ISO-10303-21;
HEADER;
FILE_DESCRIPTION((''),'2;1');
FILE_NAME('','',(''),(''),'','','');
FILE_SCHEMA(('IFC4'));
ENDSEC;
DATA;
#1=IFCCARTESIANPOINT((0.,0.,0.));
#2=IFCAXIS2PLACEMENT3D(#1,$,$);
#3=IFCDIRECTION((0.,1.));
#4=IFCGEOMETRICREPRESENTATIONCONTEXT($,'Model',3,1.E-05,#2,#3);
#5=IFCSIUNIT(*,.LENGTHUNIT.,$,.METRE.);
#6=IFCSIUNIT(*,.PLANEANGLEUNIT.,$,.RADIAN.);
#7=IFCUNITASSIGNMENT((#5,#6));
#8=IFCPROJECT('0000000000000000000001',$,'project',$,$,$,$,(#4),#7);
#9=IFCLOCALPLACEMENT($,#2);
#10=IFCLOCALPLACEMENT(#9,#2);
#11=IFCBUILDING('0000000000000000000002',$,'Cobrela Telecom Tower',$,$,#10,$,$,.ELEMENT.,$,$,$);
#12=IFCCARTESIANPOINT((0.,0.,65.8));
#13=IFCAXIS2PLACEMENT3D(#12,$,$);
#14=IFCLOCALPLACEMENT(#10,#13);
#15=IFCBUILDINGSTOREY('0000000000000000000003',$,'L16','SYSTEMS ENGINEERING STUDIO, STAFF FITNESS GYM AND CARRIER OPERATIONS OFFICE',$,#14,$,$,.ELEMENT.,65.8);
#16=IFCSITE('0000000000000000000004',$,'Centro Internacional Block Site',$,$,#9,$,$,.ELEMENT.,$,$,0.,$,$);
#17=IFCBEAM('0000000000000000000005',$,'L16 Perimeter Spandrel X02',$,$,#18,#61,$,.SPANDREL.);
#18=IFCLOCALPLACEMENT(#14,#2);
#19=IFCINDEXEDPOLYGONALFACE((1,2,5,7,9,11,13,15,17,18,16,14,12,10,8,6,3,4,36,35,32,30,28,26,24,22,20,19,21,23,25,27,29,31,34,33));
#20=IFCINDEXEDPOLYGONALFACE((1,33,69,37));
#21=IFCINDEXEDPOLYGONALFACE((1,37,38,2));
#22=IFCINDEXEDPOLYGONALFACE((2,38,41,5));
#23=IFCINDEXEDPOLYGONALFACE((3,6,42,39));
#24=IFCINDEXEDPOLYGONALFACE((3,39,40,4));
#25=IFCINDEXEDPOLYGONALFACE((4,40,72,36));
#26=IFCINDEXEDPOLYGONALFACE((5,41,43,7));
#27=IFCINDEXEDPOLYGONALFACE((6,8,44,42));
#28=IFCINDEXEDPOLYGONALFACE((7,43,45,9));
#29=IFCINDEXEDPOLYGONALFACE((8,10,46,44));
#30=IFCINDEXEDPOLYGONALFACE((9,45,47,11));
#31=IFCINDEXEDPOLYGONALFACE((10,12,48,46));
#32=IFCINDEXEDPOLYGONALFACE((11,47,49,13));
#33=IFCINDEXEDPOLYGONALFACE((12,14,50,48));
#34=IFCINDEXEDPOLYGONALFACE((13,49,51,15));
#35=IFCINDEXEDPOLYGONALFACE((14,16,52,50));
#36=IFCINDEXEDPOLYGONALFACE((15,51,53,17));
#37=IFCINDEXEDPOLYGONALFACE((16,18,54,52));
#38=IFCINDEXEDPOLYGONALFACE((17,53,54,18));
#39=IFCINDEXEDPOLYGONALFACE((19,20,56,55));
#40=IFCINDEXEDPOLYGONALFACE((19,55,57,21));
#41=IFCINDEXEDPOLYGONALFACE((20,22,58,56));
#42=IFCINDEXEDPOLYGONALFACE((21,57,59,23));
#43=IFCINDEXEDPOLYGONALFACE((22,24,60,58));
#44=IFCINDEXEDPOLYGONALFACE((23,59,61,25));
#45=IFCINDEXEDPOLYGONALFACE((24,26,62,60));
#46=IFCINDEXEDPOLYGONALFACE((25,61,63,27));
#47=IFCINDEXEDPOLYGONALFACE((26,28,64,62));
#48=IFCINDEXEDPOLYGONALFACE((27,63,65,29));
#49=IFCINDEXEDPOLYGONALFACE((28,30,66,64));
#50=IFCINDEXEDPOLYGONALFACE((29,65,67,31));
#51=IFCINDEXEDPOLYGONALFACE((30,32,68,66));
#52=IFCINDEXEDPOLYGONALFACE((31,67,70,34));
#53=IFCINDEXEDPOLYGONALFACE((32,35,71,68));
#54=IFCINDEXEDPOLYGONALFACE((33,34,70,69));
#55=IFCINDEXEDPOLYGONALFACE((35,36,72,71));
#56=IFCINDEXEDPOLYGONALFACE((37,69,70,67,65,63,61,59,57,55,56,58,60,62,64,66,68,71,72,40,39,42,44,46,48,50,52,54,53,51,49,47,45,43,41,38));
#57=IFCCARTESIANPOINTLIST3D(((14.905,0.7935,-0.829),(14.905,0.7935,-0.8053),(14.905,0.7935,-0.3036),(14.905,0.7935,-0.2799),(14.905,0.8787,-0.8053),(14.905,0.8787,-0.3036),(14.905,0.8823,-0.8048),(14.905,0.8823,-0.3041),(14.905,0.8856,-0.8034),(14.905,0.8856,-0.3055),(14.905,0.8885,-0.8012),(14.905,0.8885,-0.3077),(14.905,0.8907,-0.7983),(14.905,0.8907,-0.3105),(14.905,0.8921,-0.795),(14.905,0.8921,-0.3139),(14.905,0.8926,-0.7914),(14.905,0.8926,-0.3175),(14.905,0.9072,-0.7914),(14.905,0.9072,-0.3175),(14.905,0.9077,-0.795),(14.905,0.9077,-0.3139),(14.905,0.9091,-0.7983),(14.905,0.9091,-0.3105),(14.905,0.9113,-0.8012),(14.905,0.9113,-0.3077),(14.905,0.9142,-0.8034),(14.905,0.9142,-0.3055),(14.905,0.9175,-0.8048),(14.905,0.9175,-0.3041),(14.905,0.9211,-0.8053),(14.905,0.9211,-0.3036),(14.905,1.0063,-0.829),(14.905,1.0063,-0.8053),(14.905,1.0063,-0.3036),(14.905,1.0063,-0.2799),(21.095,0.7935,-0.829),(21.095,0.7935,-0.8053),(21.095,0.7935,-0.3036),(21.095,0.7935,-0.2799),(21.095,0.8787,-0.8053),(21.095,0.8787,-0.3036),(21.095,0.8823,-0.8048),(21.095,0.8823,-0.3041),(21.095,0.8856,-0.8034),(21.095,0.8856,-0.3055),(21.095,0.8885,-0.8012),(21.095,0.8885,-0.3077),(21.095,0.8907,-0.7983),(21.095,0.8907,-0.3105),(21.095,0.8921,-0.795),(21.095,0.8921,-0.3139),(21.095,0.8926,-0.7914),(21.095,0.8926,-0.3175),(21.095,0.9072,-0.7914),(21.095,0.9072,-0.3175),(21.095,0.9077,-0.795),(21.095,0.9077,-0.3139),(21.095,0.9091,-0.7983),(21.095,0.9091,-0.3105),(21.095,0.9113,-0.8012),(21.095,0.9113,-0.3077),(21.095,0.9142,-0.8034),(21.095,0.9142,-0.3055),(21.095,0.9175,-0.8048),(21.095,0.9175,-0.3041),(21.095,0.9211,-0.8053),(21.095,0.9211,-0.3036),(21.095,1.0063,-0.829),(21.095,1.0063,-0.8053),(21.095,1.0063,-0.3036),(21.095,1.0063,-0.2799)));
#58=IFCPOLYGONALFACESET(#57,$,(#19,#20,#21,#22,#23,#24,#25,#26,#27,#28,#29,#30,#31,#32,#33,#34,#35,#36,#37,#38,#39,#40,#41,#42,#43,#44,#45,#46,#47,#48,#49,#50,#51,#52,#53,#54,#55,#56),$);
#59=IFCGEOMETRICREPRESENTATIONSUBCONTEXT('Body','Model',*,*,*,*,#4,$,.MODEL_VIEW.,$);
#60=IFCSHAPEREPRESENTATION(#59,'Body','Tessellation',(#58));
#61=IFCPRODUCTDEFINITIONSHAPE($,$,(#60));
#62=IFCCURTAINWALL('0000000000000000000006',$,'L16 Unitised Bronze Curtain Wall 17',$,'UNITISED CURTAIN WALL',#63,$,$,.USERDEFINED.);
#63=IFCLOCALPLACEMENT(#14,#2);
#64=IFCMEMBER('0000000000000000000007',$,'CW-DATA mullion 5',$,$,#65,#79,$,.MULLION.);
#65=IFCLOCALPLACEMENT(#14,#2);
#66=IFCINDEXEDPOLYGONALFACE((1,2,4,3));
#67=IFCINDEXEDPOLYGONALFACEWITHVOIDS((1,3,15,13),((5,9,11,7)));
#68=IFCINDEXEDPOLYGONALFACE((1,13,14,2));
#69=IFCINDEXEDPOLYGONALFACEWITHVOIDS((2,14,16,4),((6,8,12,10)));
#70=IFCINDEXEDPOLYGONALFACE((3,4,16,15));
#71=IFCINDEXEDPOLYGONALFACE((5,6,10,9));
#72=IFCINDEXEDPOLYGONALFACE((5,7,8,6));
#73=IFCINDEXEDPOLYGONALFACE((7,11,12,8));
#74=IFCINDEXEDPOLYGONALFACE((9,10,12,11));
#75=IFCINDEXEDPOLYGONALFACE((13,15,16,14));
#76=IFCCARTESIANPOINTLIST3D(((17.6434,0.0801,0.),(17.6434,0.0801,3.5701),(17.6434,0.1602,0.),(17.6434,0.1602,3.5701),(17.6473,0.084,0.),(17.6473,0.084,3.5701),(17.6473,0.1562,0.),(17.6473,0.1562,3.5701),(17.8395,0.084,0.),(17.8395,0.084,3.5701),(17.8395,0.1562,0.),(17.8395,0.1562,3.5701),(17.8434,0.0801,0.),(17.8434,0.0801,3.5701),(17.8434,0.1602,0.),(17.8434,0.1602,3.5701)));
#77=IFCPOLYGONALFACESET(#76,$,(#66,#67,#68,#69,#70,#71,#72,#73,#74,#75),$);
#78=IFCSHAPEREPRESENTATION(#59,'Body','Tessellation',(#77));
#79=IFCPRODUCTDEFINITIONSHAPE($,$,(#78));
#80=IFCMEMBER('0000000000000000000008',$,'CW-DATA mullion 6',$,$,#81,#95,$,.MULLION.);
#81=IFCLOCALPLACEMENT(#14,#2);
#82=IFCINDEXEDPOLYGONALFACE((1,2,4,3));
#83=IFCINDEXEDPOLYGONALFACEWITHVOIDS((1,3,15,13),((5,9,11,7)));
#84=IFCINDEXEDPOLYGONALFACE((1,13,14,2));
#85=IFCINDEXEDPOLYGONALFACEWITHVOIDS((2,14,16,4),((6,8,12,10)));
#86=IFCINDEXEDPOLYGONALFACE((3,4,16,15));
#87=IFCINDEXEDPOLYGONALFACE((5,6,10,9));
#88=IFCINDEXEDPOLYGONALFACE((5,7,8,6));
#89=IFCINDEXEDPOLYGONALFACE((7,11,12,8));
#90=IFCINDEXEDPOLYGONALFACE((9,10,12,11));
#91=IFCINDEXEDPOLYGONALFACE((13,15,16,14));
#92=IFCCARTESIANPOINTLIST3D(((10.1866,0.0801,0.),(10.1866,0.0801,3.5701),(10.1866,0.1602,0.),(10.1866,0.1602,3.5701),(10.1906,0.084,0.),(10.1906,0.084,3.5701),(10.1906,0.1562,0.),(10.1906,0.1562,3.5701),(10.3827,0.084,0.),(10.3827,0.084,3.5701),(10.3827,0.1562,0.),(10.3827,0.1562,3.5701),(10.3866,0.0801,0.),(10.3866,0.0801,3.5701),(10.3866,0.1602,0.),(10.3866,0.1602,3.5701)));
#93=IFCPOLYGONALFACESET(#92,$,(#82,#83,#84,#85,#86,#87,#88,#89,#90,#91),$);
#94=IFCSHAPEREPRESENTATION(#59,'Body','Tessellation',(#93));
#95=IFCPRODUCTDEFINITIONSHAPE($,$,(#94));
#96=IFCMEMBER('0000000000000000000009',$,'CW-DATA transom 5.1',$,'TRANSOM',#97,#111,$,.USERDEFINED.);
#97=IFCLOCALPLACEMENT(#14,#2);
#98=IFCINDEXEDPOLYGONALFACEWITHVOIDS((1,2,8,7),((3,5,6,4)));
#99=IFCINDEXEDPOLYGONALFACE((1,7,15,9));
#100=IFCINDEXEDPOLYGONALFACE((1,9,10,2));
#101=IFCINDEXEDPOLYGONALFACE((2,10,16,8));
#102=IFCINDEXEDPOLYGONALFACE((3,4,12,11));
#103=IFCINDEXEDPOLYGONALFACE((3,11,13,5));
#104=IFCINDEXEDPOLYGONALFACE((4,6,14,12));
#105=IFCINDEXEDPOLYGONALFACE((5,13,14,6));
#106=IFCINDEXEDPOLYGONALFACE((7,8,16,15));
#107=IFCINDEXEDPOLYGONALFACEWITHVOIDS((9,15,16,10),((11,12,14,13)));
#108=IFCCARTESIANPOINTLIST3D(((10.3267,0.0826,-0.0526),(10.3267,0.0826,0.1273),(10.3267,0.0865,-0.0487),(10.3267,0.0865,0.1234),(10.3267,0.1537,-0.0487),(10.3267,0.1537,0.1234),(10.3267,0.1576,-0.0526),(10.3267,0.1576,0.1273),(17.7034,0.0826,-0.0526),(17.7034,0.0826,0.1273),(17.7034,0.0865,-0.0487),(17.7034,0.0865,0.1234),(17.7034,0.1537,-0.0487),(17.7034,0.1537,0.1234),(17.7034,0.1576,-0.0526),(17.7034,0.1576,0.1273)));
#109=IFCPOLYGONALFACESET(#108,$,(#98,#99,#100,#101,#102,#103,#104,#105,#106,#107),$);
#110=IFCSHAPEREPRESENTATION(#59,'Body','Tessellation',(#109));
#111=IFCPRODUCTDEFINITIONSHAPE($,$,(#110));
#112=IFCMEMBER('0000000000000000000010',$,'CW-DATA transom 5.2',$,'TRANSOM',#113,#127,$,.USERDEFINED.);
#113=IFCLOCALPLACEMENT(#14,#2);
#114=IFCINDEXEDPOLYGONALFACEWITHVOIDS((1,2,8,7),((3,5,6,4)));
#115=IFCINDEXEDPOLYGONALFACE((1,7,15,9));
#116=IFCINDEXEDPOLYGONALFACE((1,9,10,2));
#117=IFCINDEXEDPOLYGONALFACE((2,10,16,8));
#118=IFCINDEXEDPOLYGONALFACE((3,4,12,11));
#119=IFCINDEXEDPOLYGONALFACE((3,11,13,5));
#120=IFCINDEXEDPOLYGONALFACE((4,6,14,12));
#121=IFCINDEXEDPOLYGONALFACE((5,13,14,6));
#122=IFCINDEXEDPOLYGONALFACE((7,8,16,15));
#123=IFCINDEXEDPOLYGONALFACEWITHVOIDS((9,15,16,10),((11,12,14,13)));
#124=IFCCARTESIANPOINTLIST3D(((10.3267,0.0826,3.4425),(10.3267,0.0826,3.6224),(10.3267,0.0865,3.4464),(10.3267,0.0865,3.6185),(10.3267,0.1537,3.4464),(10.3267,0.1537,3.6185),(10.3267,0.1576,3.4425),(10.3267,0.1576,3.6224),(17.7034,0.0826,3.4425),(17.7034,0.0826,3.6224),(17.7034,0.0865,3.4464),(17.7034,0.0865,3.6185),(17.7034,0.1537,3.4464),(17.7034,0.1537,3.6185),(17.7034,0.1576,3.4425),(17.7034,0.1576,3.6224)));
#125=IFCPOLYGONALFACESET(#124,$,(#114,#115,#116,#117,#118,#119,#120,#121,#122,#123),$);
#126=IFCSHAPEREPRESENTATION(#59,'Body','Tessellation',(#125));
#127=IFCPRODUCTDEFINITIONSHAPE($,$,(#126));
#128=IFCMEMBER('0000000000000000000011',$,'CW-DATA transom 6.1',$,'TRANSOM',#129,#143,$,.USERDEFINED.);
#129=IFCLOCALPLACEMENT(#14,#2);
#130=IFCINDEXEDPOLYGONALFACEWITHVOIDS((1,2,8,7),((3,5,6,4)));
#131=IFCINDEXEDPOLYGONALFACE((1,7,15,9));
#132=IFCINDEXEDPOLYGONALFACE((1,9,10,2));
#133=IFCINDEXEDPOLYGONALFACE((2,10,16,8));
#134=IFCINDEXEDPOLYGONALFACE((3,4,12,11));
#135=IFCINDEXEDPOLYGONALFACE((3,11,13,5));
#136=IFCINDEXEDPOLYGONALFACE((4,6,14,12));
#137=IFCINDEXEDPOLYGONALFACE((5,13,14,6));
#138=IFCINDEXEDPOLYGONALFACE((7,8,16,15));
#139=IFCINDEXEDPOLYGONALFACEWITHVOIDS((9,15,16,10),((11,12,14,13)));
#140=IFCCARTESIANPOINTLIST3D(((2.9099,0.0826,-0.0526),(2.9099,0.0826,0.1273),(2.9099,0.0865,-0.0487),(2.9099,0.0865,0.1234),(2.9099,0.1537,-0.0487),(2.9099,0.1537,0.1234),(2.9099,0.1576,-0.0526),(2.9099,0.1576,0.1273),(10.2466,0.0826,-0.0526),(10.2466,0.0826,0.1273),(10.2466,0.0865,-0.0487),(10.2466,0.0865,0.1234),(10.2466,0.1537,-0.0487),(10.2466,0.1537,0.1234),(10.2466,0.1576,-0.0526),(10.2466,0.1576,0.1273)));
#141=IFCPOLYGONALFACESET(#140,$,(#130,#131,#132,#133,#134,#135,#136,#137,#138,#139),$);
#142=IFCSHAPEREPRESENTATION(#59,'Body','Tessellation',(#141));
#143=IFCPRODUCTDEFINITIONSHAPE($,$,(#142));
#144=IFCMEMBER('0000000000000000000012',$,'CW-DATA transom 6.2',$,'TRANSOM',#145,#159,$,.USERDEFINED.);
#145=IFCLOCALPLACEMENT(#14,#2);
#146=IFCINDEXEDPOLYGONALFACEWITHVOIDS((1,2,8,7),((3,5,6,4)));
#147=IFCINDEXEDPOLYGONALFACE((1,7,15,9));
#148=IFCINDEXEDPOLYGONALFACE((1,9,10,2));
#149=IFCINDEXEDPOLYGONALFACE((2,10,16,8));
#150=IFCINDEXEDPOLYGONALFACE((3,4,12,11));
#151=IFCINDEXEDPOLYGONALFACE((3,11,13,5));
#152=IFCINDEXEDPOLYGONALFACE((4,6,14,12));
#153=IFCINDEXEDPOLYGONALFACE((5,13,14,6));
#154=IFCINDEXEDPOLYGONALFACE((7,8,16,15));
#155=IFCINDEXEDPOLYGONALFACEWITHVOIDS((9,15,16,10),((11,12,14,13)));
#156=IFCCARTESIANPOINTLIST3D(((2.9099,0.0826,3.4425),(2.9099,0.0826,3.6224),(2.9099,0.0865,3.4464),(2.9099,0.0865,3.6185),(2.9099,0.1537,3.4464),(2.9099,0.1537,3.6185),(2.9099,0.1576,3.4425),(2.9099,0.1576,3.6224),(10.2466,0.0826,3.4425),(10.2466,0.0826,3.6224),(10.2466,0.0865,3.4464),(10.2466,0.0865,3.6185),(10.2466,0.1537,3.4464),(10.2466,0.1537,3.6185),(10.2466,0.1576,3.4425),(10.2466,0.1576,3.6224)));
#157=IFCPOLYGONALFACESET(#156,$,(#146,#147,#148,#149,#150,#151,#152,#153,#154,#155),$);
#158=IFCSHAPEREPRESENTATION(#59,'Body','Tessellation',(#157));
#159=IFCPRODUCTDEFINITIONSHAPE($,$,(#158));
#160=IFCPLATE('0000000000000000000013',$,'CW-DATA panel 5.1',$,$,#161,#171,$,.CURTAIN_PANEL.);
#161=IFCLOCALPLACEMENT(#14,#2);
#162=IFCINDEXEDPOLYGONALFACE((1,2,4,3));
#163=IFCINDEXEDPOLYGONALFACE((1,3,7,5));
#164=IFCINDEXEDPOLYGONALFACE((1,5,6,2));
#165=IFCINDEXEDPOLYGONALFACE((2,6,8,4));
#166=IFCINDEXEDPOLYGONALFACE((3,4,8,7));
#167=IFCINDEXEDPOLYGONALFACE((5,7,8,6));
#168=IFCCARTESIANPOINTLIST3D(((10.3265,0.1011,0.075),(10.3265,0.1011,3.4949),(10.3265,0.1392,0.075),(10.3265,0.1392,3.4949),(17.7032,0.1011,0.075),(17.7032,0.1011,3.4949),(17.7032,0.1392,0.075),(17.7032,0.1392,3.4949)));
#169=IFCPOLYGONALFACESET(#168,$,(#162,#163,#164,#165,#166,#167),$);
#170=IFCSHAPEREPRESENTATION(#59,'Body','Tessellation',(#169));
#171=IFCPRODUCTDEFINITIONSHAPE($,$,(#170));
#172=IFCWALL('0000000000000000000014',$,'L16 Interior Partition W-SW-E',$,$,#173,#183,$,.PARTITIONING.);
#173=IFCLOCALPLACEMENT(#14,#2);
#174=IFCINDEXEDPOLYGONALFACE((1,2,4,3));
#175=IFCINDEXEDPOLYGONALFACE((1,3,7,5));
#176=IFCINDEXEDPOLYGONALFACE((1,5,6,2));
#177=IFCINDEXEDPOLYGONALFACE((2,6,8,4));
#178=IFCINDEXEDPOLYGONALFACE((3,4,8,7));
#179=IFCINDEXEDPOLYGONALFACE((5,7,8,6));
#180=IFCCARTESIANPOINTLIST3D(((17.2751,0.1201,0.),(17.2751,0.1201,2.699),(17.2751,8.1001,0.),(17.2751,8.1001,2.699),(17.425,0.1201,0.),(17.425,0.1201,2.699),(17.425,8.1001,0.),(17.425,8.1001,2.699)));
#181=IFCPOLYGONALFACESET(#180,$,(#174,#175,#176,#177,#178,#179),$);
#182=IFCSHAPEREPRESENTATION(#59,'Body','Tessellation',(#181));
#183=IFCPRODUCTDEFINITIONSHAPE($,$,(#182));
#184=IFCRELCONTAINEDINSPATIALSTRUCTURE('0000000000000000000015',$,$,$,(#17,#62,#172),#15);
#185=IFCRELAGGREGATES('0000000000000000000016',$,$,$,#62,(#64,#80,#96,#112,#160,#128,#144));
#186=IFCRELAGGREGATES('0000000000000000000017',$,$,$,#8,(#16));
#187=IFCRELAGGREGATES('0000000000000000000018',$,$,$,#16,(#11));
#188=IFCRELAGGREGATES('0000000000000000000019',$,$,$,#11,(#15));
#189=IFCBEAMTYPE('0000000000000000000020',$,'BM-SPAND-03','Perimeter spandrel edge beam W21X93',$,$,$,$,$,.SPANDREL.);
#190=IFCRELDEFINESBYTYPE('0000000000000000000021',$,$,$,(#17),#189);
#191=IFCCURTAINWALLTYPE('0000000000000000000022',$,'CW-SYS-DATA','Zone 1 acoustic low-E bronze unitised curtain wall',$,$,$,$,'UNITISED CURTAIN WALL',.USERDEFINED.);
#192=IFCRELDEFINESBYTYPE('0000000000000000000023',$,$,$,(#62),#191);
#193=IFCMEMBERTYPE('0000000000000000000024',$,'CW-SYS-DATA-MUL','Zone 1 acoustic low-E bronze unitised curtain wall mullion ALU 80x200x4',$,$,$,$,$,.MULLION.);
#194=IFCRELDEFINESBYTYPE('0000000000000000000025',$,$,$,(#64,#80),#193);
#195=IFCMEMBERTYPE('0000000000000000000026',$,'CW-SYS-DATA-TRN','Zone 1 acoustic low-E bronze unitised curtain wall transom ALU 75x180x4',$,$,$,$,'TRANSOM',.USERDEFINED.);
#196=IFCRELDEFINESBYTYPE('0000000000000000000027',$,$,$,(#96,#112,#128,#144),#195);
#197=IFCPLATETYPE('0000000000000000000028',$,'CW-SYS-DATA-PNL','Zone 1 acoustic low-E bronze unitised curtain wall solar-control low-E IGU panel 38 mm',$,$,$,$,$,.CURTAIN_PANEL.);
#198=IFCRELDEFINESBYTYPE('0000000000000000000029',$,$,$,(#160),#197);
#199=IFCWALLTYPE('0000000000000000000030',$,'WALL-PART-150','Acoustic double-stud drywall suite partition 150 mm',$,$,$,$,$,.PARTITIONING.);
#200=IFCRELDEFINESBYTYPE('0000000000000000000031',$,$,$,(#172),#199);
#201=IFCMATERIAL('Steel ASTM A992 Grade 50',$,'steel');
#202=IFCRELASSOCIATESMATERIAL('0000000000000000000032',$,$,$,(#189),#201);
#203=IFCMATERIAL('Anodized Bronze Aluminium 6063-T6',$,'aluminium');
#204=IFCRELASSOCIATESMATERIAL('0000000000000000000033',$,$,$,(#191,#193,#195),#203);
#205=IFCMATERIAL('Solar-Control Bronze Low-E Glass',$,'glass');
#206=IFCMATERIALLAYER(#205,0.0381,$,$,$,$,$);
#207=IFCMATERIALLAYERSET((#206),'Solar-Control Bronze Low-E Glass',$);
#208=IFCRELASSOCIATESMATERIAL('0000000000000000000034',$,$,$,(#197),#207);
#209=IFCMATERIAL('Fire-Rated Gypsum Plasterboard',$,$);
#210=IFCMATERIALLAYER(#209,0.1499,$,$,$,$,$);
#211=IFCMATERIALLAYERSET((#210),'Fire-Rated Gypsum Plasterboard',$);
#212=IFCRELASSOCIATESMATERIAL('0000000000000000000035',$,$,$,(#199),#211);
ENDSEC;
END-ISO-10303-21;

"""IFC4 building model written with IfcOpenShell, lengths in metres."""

from ifc_helpers import new_model, si_unit, direction, frame, frame_2d, origin, origin_2d, place, context, subcontext, project, spatial, rectangle, hollow_rectangle, i_section, extrude, material, layer, layer_set, material_profile, profile_set, type_object, element, aggregate, save


model = new_model("IFC4")

# Units and contexts
model_context = context("Model", 3, precision=1e-05, world=origin(), true_north=direction((0.0, 1.0)))
body_context = subcontext(model_context, "Body", "Model", "MODEL_VIEW")
ifc_project = project(units=[si_unit("LENGTHUNIT", "METRE"), si_unit("PLANEANGLEUNIT", "RADIAN")], contexts=[model_context])

# Site, building, storey
site_placement = place(None, origin())
site = spatial("IfcSite", under=ifc_project, at=site_placement, Name="Centro Internacional Block Site", CompositionType="ELEMENT", RefElevation=0.0)
building_placement = place(site_placement, origin())
building = spatial("IfcBuilding", under=site, at=building_placement, Name="Cobrela Telecom Tower", CompositionType="ELEMENT")
storey_placement = place(building_placement, frame((0.0, 0.0, 65.8)))
storey = spatial("IfcBuildingStorey", under=building, at=storey_placement, Name="L16", Description="SYSTEMS ENGINEERING STUDIO, STAFF FITNESS GYM AND CARRIER OPERATIONS OFFICE", CompositionType="ELEMENT", Elevation=65.8)

# Beam
ifc_material_1 = material(Name="Steel ASTM A992 Grade 50", Category="steel")
ifc_material_profile_1 = material_profile(ifc_material_1, i_section(OverallWidth=0.2129, OverallDepth=0.5491, WebThickness=0.0146, FlangeThickness=0.0237, FilletRadius=0.0139, at=origin_2d()), Name="W21X93")
ifc_profile_set_1 = profile_set([ifc_material_profile_1], Name="Steel ASTM A992 Grade 50")
beam_type_1 = type_object("IfcBeamType", Name="BM-SPAND-03", Description="Perimeter spandrel edge beam W21X93", PredefinedType="SPANDREL", material=ifc_profile_set_1)
beam_1_placement = place(storey_placement, frame((14.905, 0.8999, -0.5544), z_axis=(1.0, 0.0, 0.0), x_axis=(0.0, 1.0, 0.0)))
element("IfcBeam", 1, at=beam_1_placement, inside=storey, type_object=beam_type_1, Name="L16 Perimeter Spandrel X02", PredefinedType="SPANDREL", context=body_context, shape_type="SweptSolid", body=[
    extrude(i_section(OverallWidth=0.2129, OverallDepth=0.5491, WebThickness=0.0146, FlangeThickness=0.0237, FilletRadius=0.0139, at=origin_2d()), origin(), (0.0, 0.0, 1.0), 6.1899),
])

# Curtain wall, members, plate
ifc_material_2 = material(Name="Anodized Bronze Aluminium 6063-T6", Category="aluminium")
curtain_wall_type = type_object("IfcCurtainWallType", Name="CW-SYS-DATA", Description="Zone 1 acoustic low-E bronze unitised curtain wall", ElementType="UNITISED CURTAIN WALL", PredefinedType="USERDEFINED", material=ifc_material_2)
curtain_wall_placement = place(storey_placement, origin())
curtain_wall = element("IfcCurtainWall", 2, at=curtain_wall_placement, inside=storey, type_object=curtain_wall_type, Name="L16 Unitised Bronze Curtain Wall 17", ObjectType="UNITISED CURTAIN WALL", PredefinedType="USERDEFINED")
ifc_material_profile_2 = material_profile(ifc_material_2, hollow_rectangle(XDim=0.0801, YDim=0.2, WallThickness=0.0039, at=origin_2d()), Name="ALU 80x200x4")
ifc_profile_set_2 = profile_set([ifc_material_profile_2], Name="Anodized Bronze Aluminium 6063-T6")
member_type_1 = type_object("IfcMemberType", Name="CW-SYS-DATA-MUL", Description="Zone 1 acoustic low-E bronze unitised curtain wall mullion ALU 80x200x4", PredefinedType="MULLION", material=ifc_profile_set_2)
member_1_placement = place(storey_placement, frame((17.7434, 0.1201, 0.0), z_axis=(0.0, 0.0, 1.0), x_axis=(0.0, -1.0, 0.0)))
member_1 = element("IfcMember", 3, at=member_1_placement, type_object=member_type_1, Name="CW-DATA mullion 5", PredefinedType="MULLION", context=body_context, shape_type="SweptSolid", body=[
    extrude(hollow_rectangle(XDim=0.0801, YDim=0.2, WallThickness=0.0039, at=origin_2d()), origin(), (0.0, 0.0, 1.0), 3.5701),
])
member_2_placement = place(storey_placement, frame((10.2866, 0.1201, 0.0), z_axis=(0.0, 0.0, 1.0), x_axis=(0.0, -1.0, 0.0)))
member_2 = element("IfcMember", 4, at=member_2_placement, type_object=member_type_1, Name="CW-DATA mullion 6", PredefinedType="MULLION", context=body_context, shape_type="SweptSolid", body=[
    extrude(hollow_rectangle(XDim=0.0801, YDim=0.2, WallThickness=0.0039, at=origin_2d()), origin(), (0.0, 0.0, 1.0), 3.5701),
])
ifc_material_profile_3 = material_profile(ifc_material_2, hollow_rectangle(XDim=0.075, YDim=0.1799, WallThickness=0.0039, at=origin_2d()), Name="ALU 75x180x4")
ifc_profile_set_3 = profile_set([ifc_material_profile_3], Name="Anodized Bronze Aluminium 6063-T6")
member_type_2 = type_object("IfcMemberType", Name="CW-SYS-DATA-TRN", Description="Zone 1 acoustic low-E bronze unitised curtain wall transom ALU 75x180x4", ElementType="TRANSOM", PredefinedType="USERDEFINED", material=ifc_profile_set_3)
member_3_placement = place(storey_placement, frame((17.7034, 0.1201, 0.0374), z_axis=(-1.0, 0.0, 0.0), x_axis=(0.0, -1.0, 0.0)))
member_3 = element("IfcMember", 5, at=member_3_placement, type_object=member_type_2, Name="CW-DATA transom 5.1", ObjectType="TRANSOM", PredefinedType="USERDEFINED", context=body_context, shape_type="SweptSolid", body=[
    extrude(hollow_rectangle(XDim=0.075, YDim=0.1799, WallThickness=0.0039, at=origin_2d()), origin(), (0.0, 0.0, 1.0), 7.3767),
])
member_4_placement = place(storey_placement, frame((17.7034, 0.1201, 3.5325), z_axis=(-1.0, 0.0, 0.0), x_axis=(0.0, -1.0, 0.0)))
member_4 = element("IfcMember", 6, at=member_4_placement, type_object=member_type_2, Name="CW-DATA transom 5.2", ObjectType="TRANSOM", PredefinedType="USERDEFINED", context=body_context, shape_type="SweptSolid", body=[
    extrude(hollow_rectangle(XDim=0.075, YDim=0.1799, WallThickness=0.0039, at=origin_2d()), origin(), (0.0, 0.0, 1.0), 7.3767),
])
member_5_placement = place(storey_placement, frame((10.2466, 0.1201, 0.0374), z_axis=(-1.0, 0.0, 0.0), x_axis=(0.0, -1.0, 0.0)))
member_5 = element("IfcMember", 7, at=member_5_placement, type_object=member_type_2, Name="CW-DATA transom 6.1", ObjectType="TRANSOM", PredefinedType="USERDEFINED", context=body_context, shape_type="SweptSolid", body=[
    extrude(hollow_rectangle(XDim=0.075, YDim=0.1799, WallThickness=0.0039, at=origin_2d()), origin(), (0.0, 0.0, 1.0), 7.3367),
])
member_6_placement = place(storey_placement, frame((10.2466, 0.1201, 3.5325), z_axis=(-1.0, 0.0, 0.0), x_axis=(0.0, -1.0, 0.0)))
member_6 = element("IfcMember", 8, at=member_6_placement, type_object=member_type_2, Name="CW-DATA transom 6.2", ObjectType="TRANSOM", PredefinedType="USERDEFINED", context=body_context, shape_type="SweptSolid", body=[
    extrude(hollow_rectangle(XDim=0.075, YDim=0.1799, WallThickness=0.0039, at=origin_2d()), origin(), (0.0, 0.0, 1.0), 7.3367),
])
ifc_material_3 = material(Name="Solar-Control Bronze Low-E Glass", Category="glass")
ifc_layer_1 = layer(ifc_material_3, 0.0381)
ifc_layer_set_1 = layer_set([ifc_layer_1], Name="Solar-Control Bronze Low-E Glass")
plate_type = type_object("IfcPlateType", Name="CW-SYS-DATA-PNL", Description="Zone 1 acoustic low-E bronze unitised curtain wall solar-control low-E IGU panel 38 mm", PredefinedType="CURTAIN_PANEL", material=ifc_layer_set_1)
plate_placement = place(storey_placement, frame((14.0149, 0.1201, 0.075), z_axis=(0.0, 0.0, 1.0), x_axis=(-1.0, 0.0, 0.0)))
plate = element("IfcPlate", 9, at=plate_placement, type_object=plate_type, Name="CW-DATA panel 5.1", PredefinedType="CURTAIN_PANEL", context=body_context, shape_type="SweptSolid", body=[
    extrude(rectangle(XDim=7.3767, YDim=0.0381, at=origin_2d()), origin(), (0.0, 0.0, 1.0), 3.4199),
])
aggregate(curtain_wall, [member_1, member_2, member_3, member_4, plate, member_5, member_6])

# Wall
ifc_material_4 = material(Name="Fire-Rated Gypsum Plasterboard")
ifc_layer_2 = layer(ifc_material_4, 0.1499)
ifc_layer_set_2 = layer_set([ifc_layer_2], Name="Fire-Rated Gypsum Plasterboard")
wall_type = type_object("IfcWallType", Name="WALL-PART-150", Description="Acoustic double-stud drywall suite partition 150 mm", PredefinedType="PARTITIONING", material=ifc_layer_set_2)
wall_placement = place(storey_placement, frame((17.3501, 0.1201, 0.0), z_axis=(0.0, 0.0, 1.0), x_axis=(0.0, 1.0, 0.0)))
element("IfcWall", 10, at=wall_placement, inside=storey, type_object=wall_type, Name="L16 Interior Partition W-SW-E", PredefinedType="PARTITIONING", context=body_context, shape_type="SweptSolid", body=[
    extrude(rectangle(XDim=7.98, YDim=0.1499, at=frame_2d((3.99, 0.0))), origin(), (0.0, 0.0, 1.0), 2.699),
])

save(model, "model.ifc")
